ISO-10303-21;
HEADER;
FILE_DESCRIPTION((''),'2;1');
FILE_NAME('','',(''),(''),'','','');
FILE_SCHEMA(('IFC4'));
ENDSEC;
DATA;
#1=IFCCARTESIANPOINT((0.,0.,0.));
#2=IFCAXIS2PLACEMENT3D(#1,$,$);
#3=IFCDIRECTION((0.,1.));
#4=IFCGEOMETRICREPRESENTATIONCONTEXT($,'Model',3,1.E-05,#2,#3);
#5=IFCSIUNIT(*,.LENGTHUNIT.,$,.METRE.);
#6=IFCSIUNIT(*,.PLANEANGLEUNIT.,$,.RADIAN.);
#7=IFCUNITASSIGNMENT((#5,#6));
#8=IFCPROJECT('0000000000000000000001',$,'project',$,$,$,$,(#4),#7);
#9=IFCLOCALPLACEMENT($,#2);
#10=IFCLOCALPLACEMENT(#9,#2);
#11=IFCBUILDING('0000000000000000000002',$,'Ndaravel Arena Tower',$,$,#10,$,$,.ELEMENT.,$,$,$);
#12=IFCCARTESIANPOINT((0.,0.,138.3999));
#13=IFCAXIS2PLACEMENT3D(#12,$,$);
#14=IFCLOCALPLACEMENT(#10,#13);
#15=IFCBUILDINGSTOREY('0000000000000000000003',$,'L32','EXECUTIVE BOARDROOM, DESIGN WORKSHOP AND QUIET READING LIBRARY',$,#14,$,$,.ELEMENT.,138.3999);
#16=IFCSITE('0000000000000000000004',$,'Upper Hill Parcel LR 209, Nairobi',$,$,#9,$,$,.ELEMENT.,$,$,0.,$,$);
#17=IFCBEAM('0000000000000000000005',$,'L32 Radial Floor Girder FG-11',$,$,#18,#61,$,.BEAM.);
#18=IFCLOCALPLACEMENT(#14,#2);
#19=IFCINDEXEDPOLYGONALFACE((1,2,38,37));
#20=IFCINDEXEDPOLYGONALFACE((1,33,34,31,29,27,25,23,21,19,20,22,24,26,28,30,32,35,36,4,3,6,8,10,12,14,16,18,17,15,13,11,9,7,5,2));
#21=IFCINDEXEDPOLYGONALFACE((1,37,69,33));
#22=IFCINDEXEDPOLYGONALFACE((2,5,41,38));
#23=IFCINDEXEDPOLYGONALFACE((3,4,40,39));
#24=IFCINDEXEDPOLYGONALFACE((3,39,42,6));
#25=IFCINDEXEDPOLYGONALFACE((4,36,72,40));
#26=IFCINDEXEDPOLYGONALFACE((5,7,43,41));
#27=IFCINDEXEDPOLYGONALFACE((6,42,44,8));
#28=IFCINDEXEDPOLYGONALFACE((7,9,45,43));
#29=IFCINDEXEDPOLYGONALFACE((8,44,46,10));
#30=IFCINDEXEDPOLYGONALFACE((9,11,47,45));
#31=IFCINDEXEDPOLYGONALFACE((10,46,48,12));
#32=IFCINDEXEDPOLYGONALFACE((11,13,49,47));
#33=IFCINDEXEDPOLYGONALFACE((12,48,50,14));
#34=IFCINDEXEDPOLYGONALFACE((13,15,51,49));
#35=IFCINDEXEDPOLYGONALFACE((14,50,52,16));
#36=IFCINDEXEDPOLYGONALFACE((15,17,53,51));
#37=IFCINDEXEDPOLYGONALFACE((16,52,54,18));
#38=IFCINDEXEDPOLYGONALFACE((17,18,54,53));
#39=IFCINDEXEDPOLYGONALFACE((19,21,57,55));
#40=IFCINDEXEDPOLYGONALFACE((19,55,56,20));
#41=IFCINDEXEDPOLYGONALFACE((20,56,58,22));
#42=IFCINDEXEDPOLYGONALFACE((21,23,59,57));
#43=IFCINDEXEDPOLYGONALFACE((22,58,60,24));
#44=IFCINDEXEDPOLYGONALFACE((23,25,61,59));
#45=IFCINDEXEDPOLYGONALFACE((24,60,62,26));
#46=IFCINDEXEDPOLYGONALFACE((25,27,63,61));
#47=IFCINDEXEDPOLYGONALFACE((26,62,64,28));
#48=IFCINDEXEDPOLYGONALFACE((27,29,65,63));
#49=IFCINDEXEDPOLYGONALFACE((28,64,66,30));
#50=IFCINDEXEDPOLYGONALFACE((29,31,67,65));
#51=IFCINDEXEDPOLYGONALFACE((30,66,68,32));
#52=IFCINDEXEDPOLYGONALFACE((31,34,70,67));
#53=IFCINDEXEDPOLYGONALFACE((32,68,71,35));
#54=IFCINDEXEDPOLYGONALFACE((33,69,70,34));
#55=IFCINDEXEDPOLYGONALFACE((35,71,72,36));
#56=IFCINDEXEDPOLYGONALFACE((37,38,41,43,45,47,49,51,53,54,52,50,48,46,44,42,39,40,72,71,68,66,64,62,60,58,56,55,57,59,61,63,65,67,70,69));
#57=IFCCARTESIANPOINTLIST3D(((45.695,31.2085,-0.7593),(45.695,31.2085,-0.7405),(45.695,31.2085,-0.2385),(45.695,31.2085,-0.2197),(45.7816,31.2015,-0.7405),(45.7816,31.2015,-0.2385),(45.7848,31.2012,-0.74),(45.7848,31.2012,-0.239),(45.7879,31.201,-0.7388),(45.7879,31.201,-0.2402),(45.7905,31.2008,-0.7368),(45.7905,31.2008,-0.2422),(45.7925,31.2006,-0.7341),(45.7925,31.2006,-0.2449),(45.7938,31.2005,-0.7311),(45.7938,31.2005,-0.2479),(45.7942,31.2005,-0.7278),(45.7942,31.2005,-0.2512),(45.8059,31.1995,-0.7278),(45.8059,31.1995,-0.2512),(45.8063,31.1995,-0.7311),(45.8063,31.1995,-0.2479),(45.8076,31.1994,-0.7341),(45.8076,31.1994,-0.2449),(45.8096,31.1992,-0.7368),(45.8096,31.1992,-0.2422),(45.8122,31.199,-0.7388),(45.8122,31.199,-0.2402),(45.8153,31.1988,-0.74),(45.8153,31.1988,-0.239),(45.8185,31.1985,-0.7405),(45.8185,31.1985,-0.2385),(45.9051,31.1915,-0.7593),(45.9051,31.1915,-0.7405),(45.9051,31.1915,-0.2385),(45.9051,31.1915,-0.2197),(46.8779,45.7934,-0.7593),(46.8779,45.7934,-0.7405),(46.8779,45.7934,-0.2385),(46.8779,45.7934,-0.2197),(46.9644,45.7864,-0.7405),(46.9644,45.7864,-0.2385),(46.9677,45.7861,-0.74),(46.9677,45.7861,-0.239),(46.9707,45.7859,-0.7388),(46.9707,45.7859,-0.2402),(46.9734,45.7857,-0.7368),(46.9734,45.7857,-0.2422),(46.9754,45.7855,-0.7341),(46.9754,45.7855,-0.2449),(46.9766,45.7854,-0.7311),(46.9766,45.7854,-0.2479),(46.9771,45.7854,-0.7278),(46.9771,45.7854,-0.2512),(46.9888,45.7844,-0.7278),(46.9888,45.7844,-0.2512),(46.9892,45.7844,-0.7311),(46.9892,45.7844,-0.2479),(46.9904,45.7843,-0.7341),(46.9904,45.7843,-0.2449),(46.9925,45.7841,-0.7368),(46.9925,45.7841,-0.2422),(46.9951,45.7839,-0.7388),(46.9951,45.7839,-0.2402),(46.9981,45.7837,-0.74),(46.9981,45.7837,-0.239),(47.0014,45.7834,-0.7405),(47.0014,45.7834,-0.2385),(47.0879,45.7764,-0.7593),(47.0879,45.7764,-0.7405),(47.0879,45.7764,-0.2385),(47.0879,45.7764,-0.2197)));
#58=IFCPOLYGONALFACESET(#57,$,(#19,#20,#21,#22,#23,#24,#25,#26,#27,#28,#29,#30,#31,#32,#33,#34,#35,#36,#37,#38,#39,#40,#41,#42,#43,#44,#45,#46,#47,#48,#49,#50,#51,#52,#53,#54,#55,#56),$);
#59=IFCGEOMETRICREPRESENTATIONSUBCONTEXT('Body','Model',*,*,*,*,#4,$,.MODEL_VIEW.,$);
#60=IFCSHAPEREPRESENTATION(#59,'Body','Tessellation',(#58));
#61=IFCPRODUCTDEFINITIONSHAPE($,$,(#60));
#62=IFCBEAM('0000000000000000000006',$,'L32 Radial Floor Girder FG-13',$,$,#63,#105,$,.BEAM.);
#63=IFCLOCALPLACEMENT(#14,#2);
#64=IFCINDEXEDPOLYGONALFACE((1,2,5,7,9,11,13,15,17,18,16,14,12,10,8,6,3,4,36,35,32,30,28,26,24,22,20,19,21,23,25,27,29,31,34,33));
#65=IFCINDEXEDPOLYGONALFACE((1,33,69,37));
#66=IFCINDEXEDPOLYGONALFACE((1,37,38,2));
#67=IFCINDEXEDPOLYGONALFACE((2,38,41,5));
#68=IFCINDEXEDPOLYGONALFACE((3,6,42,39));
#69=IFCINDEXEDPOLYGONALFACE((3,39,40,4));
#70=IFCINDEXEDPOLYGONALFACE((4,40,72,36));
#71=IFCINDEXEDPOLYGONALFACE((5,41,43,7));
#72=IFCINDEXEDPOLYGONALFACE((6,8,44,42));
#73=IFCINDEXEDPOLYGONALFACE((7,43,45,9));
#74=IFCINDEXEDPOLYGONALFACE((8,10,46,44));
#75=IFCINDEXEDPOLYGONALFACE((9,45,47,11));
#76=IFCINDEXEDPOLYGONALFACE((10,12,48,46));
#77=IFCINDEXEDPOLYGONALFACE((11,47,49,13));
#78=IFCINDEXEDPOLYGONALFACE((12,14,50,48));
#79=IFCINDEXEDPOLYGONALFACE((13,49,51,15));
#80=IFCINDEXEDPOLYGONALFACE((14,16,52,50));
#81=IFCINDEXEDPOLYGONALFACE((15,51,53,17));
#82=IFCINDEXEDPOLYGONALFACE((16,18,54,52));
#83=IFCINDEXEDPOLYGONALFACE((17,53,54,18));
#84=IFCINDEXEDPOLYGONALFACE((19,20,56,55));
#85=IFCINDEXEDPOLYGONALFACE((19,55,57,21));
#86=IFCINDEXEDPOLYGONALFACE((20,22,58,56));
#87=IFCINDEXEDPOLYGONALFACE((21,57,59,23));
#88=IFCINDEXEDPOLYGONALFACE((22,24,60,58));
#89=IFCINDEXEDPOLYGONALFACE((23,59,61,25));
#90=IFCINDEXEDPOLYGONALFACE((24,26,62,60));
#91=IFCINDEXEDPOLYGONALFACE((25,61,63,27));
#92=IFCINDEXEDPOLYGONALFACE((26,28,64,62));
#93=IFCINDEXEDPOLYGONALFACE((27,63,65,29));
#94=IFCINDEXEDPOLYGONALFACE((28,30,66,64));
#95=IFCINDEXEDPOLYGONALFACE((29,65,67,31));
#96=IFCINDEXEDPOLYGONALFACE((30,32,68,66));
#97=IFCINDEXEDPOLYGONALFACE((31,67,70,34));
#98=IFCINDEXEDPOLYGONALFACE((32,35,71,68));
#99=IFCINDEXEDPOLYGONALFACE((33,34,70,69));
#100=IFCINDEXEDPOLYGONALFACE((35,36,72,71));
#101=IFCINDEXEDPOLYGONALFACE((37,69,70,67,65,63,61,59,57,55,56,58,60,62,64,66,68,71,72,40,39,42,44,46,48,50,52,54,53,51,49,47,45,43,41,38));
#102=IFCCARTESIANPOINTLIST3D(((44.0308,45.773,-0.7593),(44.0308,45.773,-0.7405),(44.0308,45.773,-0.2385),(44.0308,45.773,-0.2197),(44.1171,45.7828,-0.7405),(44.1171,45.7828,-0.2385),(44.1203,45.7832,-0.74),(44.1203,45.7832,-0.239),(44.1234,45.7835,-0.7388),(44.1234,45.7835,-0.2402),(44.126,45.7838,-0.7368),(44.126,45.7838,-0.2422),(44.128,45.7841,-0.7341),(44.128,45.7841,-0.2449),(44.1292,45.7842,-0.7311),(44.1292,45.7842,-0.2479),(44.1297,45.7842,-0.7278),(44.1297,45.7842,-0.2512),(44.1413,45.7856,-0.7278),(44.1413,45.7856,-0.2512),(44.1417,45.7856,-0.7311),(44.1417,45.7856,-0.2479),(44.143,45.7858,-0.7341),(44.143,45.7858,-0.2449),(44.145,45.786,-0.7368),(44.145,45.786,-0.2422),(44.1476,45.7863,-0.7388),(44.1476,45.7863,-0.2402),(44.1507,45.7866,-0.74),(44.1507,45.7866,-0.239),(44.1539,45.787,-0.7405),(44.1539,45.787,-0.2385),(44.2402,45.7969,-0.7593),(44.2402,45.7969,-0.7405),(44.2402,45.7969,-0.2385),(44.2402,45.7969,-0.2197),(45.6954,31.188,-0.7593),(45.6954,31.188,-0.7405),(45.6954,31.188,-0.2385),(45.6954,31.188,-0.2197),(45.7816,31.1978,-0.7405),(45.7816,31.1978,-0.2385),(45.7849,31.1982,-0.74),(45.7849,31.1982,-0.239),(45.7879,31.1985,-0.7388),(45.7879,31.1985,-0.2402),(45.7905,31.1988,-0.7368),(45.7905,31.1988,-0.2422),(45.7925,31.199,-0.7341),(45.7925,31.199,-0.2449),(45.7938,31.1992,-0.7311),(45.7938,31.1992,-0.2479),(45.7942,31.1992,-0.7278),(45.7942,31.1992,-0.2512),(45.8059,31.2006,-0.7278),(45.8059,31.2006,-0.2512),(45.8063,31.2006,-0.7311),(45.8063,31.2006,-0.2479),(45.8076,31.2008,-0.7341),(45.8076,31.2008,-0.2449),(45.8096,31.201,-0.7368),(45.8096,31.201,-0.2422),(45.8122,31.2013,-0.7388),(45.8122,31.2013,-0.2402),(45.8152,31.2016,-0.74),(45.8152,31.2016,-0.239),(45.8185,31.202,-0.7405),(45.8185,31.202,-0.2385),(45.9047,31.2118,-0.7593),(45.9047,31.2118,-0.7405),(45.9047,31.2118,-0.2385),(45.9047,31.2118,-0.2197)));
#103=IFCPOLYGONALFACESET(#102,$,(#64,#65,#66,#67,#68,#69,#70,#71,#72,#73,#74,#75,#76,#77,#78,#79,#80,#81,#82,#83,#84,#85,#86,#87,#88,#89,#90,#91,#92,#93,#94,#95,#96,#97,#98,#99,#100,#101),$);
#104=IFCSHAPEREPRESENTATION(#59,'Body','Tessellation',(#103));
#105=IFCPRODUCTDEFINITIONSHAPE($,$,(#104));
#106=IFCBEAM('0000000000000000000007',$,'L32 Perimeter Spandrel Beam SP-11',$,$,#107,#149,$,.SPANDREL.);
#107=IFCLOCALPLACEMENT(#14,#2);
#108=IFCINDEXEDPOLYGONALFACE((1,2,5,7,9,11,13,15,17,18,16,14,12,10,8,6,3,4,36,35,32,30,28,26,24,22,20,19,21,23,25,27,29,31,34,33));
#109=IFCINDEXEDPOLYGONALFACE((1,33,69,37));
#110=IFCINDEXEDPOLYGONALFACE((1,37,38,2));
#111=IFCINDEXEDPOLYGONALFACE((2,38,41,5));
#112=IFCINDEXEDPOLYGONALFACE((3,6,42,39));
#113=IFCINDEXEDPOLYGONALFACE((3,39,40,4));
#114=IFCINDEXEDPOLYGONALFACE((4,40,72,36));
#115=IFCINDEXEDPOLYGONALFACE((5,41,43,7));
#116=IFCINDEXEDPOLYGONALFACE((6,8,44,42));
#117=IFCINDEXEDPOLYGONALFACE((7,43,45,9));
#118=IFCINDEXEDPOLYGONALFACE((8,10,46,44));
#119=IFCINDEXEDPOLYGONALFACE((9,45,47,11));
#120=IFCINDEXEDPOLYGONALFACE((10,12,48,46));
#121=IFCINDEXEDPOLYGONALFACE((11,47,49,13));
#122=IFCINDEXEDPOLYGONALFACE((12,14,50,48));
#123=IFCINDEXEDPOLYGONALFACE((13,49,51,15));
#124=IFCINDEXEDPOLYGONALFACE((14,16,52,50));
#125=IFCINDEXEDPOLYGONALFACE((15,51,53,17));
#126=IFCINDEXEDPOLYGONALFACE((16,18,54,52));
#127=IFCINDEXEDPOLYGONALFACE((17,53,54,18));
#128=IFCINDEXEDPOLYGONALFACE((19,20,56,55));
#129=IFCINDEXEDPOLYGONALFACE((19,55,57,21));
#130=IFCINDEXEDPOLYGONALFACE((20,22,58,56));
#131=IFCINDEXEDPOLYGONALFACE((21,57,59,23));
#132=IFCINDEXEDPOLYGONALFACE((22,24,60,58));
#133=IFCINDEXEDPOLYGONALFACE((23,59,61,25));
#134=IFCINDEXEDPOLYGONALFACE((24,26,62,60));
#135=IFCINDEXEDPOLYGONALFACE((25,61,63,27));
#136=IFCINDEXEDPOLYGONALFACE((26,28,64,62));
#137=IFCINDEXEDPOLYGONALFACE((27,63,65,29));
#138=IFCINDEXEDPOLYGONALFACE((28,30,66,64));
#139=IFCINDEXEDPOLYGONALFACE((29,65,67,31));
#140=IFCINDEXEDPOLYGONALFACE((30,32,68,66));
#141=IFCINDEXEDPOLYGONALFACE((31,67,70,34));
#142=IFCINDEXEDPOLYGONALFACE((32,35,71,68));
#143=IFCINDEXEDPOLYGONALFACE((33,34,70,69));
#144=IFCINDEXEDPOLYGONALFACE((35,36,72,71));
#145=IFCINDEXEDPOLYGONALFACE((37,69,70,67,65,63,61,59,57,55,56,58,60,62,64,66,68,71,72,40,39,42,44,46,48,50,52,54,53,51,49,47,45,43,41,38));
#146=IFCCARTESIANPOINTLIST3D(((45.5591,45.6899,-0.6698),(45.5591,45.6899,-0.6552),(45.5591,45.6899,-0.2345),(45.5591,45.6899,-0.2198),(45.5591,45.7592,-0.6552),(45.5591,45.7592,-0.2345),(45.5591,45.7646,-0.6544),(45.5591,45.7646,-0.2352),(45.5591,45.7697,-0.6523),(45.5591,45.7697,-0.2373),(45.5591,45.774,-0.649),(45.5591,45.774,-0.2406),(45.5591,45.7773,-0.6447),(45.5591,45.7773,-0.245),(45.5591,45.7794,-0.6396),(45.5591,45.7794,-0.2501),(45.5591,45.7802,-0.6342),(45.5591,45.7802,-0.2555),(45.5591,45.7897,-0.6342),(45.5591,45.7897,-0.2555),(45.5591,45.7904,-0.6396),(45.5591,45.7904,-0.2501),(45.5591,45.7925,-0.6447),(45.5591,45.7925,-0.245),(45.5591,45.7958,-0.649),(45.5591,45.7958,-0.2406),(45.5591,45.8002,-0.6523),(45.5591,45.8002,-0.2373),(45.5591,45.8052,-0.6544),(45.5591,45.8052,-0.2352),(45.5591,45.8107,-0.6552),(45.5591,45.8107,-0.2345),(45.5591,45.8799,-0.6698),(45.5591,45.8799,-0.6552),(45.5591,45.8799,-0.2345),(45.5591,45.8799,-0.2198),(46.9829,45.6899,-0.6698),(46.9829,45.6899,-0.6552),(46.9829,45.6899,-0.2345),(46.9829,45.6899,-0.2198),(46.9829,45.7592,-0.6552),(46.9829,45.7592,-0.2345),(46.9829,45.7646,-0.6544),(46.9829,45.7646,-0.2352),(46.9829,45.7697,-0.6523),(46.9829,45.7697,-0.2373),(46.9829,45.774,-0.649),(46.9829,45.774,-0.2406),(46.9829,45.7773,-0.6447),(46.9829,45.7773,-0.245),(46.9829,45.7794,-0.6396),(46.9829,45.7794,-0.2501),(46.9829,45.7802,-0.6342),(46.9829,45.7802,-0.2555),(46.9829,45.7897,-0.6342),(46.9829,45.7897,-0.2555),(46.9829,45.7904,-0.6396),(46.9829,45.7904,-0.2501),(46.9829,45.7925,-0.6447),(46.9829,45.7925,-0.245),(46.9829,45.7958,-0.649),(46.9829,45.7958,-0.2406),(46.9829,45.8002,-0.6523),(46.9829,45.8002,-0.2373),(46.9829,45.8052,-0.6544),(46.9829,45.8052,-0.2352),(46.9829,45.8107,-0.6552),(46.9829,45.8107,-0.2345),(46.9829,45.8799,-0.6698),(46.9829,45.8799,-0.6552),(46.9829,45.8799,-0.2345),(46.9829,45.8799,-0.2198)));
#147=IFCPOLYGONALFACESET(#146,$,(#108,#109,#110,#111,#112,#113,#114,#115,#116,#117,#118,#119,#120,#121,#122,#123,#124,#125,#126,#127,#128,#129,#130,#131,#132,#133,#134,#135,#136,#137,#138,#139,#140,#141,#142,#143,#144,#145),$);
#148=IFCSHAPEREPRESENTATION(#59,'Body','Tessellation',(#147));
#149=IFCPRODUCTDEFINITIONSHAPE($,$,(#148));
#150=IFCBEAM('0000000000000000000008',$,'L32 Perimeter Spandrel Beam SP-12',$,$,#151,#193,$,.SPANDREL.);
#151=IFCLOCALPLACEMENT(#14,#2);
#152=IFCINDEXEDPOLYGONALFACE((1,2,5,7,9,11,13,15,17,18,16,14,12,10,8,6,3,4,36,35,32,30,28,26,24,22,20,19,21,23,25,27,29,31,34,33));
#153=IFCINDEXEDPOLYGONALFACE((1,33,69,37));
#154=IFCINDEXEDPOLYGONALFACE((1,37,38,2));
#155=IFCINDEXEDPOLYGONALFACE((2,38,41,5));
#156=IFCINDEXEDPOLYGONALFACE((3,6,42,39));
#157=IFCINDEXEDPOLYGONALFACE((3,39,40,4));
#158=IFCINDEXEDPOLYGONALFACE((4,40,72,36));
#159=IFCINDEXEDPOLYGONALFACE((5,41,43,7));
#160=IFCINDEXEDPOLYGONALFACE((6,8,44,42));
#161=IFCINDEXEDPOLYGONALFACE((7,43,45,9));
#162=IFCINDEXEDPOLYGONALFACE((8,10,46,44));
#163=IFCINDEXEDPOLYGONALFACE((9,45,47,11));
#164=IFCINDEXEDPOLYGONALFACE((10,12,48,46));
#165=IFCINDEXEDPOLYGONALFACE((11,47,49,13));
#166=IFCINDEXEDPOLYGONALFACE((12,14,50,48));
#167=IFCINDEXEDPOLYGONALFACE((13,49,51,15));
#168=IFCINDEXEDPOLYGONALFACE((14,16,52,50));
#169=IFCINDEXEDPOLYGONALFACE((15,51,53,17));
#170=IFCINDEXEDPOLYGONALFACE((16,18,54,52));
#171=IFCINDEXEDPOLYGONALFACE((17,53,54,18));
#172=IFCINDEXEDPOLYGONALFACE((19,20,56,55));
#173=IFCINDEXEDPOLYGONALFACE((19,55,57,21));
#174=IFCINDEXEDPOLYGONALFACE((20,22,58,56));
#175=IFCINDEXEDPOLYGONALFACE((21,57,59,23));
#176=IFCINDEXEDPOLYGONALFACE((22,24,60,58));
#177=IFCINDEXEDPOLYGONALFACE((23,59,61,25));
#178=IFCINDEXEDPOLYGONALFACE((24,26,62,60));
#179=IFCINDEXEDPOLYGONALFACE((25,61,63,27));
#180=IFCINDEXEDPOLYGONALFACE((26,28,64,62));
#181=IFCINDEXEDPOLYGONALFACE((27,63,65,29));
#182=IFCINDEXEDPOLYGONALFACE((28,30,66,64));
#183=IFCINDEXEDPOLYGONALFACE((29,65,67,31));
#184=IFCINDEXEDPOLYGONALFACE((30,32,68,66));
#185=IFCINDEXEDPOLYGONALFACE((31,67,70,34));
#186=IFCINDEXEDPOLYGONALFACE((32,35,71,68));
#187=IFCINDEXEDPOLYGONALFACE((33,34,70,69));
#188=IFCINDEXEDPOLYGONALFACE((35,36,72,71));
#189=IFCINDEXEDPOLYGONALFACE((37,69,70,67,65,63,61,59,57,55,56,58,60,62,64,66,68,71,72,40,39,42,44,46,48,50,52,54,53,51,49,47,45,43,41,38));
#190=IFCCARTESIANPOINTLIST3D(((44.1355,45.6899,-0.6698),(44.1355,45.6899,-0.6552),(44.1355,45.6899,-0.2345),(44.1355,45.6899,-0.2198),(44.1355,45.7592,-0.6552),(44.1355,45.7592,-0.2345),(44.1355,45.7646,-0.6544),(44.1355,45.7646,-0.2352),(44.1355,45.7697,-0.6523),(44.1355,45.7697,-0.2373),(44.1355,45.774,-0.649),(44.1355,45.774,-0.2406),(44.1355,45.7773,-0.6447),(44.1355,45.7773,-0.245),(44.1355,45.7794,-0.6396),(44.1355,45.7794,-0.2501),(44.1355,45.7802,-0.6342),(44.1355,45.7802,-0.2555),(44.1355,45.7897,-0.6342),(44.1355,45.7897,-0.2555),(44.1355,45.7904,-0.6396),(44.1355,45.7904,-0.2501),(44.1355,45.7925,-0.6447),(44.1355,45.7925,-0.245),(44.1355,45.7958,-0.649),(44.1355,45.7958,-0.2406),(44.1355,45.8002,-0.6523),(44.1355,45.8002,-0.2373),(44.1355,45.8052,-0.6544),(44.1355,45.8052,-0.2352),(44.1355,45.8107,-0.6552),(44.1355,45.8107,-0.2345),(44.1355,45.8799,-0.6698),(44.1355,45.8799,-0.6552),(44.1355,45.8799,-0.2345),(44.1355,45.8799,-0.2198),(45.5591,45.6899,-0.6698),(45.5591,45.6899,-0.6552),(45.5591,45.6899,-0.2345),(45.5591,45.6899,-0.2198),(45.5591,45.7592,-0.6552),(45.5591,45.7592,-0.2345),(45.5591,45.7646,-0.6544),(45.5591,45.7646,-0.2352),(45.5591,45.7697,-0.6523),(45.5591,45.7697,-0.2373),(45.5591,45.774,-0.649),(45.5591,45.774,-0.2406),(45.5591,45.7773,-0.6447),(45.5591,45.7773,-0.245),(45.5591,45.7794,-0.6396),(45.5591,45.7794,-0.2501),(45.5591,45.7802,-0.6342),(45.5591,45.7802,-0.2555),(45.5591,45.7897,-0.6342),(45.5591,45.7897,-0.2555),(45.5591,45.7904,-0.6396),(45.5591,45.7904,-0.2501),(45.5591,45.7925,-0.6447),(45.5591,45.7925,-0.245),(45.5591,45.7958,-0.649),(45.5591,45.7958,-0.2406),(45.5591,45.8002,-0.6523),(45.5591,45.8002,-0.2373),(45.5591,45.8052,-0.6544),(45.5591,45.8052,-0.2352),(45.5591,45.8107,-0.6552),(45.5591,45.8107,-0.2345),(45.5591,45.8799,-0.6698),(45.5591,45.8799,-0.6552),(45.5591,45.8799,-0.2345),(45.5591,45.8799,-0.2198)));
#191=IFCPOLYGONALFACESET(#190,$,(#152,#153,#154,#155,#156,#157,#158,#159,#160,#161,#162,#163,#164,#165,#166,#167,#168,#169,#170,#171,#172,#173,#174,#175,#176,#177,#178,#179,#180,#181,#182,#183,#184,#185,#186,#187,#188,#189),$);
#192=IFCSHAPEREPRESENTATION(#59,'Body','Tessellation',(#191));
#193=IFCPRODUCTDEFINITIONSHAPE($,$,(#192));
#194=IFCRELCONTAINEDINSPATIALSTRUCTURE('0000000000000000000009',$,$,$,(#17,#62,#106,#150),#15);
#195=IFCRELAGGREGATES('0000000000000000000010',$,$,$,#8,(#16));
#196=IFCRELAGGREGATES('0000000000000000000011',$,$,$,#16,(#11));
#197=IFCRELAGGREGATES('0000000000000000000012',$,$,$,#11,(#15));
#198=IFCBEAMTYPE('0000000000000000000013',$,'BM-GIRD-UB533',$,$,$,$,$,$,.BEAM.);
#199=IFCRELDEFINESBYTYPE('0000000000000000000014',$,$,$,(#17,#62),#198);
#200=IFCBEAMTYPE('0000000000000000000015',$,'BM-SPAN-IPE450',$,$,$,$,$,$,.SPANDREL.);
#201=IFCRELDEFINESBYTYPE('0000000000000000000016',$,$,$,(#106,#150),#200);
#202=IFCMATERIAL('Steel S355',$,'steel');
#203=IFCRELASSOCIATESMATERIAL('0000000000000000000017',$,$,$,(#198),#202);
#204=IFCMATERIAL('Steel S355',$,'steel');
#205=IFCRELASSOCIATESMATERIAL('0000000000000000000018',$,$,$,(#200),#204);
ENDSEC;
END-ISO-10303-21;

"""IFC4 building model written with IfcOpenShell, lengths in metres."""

from ifc_helpers import new_model, si_unit, direction, frame, origin, origin_2d, place, context, subcontext, project, spatial, i_section, extrude, material, material_profile, profile_set, type_object, element, save


model = new_model("IFC4")

# Units and contexts
model_context = context("Model", 3, precision=1e-05, world=origin(), true_north=direction((0.0, 1.0)))
body_context = subcontext(model_context, "Body", "Model", "MODEL_VIEW")
ifc_project = project(units=[si_unit("LENGTHUNIT", "METRE"), si_unit("PLANEANGLEUNIT", "RADIAN")], contexts=[model_context])

# Site, building, storey
site_placement = place(None, origin())
site = spatial("IfcSite", under=ifc_project, at=site_placement, Name="Upper Hill Parcel LR 209, Nairobi", CompositionType="ELEMENT", RefElevation=0.0)
building_placement = place(site_placement, origin())
building = spatial("IfcBuilding", under=site, at=building_placement, Name="Ndaravel Arena Tower", CompositionType="ELEMENT")
storey_placement = place(building_placement, frame((0.0, 0.0, 138.3999)))
storey = spatial("IfcBuildingStorey", under=building, at=storey_placement, Name="L32", Description="EXECUTIVE BOARDROOM, DESIGN WORKSHOP AND QUIET READING LIBRARY", CompositionType="ELEMENT", Elevation=138.3999)

# Beams
ifc_material_1 = material(Name="Steel S355", Category="steel")
ifc_material_profile_1 = material_profile(ifc_material_1, i_section(OverallWidth=0.2107, OverallDepth=0.5396, WebThickness=0.0117, FlangeThickness=0.0188, FilletRadius=0.0127, at=origin_2d()), Name="UB 533x210x109")
ifc_profile_set_1 = profile_set([ifc_material_profile_1], Name="Steel S355")
beam_type_1 = type_object("IfcBeamType", Name="BM-GIRD-UB533", PredefinedType="BEAM", material=ifc_profile_set_1)
beam_1_placement = place(storey_placement, frame((46.9829, 45.7849, -0.4895), z_axis=(-0.080836, -0.996727, 0.0), x_axis=(0.996727, -0.080836, 0.0)))
element("IfcBeam", 1, at=beam_1_placement, inside=storey, type_object=beam_type_1, Name="L32 Radial Floor Girder FG-11", PredefinedType="BEAM", context=body_context, shape_type="SweptSolid", body=[
    extrude(i_section(OverallWidth=0.2107, OverallDepth=0.5396, WebThickness=0.0117, FlangeThickness=0.0188, FilletRadius=0.0127, at=origin_2d()), origin(), (0.0, 0.0, 1.0), 14.6328),
])
beam_2_placement = place(storey_placement, frame((44.1355, 45.7849, -0.4895), z_axis=(0.113392, -0.99355, 0.0), x_axis=(0.99355, 0.113392, 0.0)))
element("IfcBeam", 2, at=beam_2_placement, inside=storey, type_object=beam_type_1, Name="L32 Radial Floor Girder FG-13", PredefinedType="BEAM", context=body_context, shape_type="SweptSolid", body=[
    extrude(i_section(OverallWidth=0.2107, OverallDepth=0.5396, WebThickness=0.0117, FlangeThickness=0.0188, FilletRadius=0.0127, at=origin_2d()), origin(), (0.0, 0.0, 1.0), 14.6797),
])
ifc_material_2 = material(Name="Steel S355", Category="steel")
ifc_material_profile_2 = material_profile(ifc_material_2, i_section(OverallWidth=0.1899, OverallDepth=0.45, WebThickness=0.0095, FlangeThickness=0.0146, FilletRadius=0.021, at=origin_2d()), Name="IPE 450")
ifc_profile_set_2 = profile_set([ifc_material_profile_2], Name="Steel S355")
beam_type_2 = type_object("IfcBeamType", Name="BM-SPAN-IPE450", PredefinedType="SPANDREL", material=ifc_profile_set_2)
beam_3_placement = place(storey_placement, frame((46.9829, 45.7849, -0.4448), z_axis=(-1.0, 0.0, 0.0), x_axis=(0.0, -1.0, 0.0)))
element("IfcBeam", 3, at=beam_3_placement, inside=storey, type_object=beam_type_2, Name="L32 Perimeter Spandrel Beam SP-11", PredefinedType="SPANDREL", context=body_context, shape_type="SweptSolid", body=[
    extrude(i_section(OverallWidth=0.1899, OverallDepth=0.45, WebThickness=0.0095, FlangeThickness=0.0146, FilletRadius=0.021, at=origin_2d()), origin(), (0.0, 0.0, 1.0), 1.4238),
])
for number, where, z_axis, x_axis, name in (
    (4, (45.5591, 45.7849, -0.4448), (-1.0, 0.0, 0.0), (0.0, -1.0, 0.0), "L32 Perimeter Spandrel Beam SP-12"),
):
    element("IfcBeam", number, at=place(storey_placement, frame(where, z_axis=z_axis, x_axis=x_axis)), inside=storey, type_object=beam_type_2, Name=name, PredefinedType="SPANDREL", context=body_context, shape_type="SweptSolid", body=[
        extrude(i_section(OverallWidth=0.1899, OverallDepth=0.45, WebThickness=0.0095, FlangeThickness=0.0146, FilletRadius=0.021, at=origin_2d()), origin(), (0.0, 0.0, 1.0), 1.4236),
    ])

save(model, "model.ifc")
